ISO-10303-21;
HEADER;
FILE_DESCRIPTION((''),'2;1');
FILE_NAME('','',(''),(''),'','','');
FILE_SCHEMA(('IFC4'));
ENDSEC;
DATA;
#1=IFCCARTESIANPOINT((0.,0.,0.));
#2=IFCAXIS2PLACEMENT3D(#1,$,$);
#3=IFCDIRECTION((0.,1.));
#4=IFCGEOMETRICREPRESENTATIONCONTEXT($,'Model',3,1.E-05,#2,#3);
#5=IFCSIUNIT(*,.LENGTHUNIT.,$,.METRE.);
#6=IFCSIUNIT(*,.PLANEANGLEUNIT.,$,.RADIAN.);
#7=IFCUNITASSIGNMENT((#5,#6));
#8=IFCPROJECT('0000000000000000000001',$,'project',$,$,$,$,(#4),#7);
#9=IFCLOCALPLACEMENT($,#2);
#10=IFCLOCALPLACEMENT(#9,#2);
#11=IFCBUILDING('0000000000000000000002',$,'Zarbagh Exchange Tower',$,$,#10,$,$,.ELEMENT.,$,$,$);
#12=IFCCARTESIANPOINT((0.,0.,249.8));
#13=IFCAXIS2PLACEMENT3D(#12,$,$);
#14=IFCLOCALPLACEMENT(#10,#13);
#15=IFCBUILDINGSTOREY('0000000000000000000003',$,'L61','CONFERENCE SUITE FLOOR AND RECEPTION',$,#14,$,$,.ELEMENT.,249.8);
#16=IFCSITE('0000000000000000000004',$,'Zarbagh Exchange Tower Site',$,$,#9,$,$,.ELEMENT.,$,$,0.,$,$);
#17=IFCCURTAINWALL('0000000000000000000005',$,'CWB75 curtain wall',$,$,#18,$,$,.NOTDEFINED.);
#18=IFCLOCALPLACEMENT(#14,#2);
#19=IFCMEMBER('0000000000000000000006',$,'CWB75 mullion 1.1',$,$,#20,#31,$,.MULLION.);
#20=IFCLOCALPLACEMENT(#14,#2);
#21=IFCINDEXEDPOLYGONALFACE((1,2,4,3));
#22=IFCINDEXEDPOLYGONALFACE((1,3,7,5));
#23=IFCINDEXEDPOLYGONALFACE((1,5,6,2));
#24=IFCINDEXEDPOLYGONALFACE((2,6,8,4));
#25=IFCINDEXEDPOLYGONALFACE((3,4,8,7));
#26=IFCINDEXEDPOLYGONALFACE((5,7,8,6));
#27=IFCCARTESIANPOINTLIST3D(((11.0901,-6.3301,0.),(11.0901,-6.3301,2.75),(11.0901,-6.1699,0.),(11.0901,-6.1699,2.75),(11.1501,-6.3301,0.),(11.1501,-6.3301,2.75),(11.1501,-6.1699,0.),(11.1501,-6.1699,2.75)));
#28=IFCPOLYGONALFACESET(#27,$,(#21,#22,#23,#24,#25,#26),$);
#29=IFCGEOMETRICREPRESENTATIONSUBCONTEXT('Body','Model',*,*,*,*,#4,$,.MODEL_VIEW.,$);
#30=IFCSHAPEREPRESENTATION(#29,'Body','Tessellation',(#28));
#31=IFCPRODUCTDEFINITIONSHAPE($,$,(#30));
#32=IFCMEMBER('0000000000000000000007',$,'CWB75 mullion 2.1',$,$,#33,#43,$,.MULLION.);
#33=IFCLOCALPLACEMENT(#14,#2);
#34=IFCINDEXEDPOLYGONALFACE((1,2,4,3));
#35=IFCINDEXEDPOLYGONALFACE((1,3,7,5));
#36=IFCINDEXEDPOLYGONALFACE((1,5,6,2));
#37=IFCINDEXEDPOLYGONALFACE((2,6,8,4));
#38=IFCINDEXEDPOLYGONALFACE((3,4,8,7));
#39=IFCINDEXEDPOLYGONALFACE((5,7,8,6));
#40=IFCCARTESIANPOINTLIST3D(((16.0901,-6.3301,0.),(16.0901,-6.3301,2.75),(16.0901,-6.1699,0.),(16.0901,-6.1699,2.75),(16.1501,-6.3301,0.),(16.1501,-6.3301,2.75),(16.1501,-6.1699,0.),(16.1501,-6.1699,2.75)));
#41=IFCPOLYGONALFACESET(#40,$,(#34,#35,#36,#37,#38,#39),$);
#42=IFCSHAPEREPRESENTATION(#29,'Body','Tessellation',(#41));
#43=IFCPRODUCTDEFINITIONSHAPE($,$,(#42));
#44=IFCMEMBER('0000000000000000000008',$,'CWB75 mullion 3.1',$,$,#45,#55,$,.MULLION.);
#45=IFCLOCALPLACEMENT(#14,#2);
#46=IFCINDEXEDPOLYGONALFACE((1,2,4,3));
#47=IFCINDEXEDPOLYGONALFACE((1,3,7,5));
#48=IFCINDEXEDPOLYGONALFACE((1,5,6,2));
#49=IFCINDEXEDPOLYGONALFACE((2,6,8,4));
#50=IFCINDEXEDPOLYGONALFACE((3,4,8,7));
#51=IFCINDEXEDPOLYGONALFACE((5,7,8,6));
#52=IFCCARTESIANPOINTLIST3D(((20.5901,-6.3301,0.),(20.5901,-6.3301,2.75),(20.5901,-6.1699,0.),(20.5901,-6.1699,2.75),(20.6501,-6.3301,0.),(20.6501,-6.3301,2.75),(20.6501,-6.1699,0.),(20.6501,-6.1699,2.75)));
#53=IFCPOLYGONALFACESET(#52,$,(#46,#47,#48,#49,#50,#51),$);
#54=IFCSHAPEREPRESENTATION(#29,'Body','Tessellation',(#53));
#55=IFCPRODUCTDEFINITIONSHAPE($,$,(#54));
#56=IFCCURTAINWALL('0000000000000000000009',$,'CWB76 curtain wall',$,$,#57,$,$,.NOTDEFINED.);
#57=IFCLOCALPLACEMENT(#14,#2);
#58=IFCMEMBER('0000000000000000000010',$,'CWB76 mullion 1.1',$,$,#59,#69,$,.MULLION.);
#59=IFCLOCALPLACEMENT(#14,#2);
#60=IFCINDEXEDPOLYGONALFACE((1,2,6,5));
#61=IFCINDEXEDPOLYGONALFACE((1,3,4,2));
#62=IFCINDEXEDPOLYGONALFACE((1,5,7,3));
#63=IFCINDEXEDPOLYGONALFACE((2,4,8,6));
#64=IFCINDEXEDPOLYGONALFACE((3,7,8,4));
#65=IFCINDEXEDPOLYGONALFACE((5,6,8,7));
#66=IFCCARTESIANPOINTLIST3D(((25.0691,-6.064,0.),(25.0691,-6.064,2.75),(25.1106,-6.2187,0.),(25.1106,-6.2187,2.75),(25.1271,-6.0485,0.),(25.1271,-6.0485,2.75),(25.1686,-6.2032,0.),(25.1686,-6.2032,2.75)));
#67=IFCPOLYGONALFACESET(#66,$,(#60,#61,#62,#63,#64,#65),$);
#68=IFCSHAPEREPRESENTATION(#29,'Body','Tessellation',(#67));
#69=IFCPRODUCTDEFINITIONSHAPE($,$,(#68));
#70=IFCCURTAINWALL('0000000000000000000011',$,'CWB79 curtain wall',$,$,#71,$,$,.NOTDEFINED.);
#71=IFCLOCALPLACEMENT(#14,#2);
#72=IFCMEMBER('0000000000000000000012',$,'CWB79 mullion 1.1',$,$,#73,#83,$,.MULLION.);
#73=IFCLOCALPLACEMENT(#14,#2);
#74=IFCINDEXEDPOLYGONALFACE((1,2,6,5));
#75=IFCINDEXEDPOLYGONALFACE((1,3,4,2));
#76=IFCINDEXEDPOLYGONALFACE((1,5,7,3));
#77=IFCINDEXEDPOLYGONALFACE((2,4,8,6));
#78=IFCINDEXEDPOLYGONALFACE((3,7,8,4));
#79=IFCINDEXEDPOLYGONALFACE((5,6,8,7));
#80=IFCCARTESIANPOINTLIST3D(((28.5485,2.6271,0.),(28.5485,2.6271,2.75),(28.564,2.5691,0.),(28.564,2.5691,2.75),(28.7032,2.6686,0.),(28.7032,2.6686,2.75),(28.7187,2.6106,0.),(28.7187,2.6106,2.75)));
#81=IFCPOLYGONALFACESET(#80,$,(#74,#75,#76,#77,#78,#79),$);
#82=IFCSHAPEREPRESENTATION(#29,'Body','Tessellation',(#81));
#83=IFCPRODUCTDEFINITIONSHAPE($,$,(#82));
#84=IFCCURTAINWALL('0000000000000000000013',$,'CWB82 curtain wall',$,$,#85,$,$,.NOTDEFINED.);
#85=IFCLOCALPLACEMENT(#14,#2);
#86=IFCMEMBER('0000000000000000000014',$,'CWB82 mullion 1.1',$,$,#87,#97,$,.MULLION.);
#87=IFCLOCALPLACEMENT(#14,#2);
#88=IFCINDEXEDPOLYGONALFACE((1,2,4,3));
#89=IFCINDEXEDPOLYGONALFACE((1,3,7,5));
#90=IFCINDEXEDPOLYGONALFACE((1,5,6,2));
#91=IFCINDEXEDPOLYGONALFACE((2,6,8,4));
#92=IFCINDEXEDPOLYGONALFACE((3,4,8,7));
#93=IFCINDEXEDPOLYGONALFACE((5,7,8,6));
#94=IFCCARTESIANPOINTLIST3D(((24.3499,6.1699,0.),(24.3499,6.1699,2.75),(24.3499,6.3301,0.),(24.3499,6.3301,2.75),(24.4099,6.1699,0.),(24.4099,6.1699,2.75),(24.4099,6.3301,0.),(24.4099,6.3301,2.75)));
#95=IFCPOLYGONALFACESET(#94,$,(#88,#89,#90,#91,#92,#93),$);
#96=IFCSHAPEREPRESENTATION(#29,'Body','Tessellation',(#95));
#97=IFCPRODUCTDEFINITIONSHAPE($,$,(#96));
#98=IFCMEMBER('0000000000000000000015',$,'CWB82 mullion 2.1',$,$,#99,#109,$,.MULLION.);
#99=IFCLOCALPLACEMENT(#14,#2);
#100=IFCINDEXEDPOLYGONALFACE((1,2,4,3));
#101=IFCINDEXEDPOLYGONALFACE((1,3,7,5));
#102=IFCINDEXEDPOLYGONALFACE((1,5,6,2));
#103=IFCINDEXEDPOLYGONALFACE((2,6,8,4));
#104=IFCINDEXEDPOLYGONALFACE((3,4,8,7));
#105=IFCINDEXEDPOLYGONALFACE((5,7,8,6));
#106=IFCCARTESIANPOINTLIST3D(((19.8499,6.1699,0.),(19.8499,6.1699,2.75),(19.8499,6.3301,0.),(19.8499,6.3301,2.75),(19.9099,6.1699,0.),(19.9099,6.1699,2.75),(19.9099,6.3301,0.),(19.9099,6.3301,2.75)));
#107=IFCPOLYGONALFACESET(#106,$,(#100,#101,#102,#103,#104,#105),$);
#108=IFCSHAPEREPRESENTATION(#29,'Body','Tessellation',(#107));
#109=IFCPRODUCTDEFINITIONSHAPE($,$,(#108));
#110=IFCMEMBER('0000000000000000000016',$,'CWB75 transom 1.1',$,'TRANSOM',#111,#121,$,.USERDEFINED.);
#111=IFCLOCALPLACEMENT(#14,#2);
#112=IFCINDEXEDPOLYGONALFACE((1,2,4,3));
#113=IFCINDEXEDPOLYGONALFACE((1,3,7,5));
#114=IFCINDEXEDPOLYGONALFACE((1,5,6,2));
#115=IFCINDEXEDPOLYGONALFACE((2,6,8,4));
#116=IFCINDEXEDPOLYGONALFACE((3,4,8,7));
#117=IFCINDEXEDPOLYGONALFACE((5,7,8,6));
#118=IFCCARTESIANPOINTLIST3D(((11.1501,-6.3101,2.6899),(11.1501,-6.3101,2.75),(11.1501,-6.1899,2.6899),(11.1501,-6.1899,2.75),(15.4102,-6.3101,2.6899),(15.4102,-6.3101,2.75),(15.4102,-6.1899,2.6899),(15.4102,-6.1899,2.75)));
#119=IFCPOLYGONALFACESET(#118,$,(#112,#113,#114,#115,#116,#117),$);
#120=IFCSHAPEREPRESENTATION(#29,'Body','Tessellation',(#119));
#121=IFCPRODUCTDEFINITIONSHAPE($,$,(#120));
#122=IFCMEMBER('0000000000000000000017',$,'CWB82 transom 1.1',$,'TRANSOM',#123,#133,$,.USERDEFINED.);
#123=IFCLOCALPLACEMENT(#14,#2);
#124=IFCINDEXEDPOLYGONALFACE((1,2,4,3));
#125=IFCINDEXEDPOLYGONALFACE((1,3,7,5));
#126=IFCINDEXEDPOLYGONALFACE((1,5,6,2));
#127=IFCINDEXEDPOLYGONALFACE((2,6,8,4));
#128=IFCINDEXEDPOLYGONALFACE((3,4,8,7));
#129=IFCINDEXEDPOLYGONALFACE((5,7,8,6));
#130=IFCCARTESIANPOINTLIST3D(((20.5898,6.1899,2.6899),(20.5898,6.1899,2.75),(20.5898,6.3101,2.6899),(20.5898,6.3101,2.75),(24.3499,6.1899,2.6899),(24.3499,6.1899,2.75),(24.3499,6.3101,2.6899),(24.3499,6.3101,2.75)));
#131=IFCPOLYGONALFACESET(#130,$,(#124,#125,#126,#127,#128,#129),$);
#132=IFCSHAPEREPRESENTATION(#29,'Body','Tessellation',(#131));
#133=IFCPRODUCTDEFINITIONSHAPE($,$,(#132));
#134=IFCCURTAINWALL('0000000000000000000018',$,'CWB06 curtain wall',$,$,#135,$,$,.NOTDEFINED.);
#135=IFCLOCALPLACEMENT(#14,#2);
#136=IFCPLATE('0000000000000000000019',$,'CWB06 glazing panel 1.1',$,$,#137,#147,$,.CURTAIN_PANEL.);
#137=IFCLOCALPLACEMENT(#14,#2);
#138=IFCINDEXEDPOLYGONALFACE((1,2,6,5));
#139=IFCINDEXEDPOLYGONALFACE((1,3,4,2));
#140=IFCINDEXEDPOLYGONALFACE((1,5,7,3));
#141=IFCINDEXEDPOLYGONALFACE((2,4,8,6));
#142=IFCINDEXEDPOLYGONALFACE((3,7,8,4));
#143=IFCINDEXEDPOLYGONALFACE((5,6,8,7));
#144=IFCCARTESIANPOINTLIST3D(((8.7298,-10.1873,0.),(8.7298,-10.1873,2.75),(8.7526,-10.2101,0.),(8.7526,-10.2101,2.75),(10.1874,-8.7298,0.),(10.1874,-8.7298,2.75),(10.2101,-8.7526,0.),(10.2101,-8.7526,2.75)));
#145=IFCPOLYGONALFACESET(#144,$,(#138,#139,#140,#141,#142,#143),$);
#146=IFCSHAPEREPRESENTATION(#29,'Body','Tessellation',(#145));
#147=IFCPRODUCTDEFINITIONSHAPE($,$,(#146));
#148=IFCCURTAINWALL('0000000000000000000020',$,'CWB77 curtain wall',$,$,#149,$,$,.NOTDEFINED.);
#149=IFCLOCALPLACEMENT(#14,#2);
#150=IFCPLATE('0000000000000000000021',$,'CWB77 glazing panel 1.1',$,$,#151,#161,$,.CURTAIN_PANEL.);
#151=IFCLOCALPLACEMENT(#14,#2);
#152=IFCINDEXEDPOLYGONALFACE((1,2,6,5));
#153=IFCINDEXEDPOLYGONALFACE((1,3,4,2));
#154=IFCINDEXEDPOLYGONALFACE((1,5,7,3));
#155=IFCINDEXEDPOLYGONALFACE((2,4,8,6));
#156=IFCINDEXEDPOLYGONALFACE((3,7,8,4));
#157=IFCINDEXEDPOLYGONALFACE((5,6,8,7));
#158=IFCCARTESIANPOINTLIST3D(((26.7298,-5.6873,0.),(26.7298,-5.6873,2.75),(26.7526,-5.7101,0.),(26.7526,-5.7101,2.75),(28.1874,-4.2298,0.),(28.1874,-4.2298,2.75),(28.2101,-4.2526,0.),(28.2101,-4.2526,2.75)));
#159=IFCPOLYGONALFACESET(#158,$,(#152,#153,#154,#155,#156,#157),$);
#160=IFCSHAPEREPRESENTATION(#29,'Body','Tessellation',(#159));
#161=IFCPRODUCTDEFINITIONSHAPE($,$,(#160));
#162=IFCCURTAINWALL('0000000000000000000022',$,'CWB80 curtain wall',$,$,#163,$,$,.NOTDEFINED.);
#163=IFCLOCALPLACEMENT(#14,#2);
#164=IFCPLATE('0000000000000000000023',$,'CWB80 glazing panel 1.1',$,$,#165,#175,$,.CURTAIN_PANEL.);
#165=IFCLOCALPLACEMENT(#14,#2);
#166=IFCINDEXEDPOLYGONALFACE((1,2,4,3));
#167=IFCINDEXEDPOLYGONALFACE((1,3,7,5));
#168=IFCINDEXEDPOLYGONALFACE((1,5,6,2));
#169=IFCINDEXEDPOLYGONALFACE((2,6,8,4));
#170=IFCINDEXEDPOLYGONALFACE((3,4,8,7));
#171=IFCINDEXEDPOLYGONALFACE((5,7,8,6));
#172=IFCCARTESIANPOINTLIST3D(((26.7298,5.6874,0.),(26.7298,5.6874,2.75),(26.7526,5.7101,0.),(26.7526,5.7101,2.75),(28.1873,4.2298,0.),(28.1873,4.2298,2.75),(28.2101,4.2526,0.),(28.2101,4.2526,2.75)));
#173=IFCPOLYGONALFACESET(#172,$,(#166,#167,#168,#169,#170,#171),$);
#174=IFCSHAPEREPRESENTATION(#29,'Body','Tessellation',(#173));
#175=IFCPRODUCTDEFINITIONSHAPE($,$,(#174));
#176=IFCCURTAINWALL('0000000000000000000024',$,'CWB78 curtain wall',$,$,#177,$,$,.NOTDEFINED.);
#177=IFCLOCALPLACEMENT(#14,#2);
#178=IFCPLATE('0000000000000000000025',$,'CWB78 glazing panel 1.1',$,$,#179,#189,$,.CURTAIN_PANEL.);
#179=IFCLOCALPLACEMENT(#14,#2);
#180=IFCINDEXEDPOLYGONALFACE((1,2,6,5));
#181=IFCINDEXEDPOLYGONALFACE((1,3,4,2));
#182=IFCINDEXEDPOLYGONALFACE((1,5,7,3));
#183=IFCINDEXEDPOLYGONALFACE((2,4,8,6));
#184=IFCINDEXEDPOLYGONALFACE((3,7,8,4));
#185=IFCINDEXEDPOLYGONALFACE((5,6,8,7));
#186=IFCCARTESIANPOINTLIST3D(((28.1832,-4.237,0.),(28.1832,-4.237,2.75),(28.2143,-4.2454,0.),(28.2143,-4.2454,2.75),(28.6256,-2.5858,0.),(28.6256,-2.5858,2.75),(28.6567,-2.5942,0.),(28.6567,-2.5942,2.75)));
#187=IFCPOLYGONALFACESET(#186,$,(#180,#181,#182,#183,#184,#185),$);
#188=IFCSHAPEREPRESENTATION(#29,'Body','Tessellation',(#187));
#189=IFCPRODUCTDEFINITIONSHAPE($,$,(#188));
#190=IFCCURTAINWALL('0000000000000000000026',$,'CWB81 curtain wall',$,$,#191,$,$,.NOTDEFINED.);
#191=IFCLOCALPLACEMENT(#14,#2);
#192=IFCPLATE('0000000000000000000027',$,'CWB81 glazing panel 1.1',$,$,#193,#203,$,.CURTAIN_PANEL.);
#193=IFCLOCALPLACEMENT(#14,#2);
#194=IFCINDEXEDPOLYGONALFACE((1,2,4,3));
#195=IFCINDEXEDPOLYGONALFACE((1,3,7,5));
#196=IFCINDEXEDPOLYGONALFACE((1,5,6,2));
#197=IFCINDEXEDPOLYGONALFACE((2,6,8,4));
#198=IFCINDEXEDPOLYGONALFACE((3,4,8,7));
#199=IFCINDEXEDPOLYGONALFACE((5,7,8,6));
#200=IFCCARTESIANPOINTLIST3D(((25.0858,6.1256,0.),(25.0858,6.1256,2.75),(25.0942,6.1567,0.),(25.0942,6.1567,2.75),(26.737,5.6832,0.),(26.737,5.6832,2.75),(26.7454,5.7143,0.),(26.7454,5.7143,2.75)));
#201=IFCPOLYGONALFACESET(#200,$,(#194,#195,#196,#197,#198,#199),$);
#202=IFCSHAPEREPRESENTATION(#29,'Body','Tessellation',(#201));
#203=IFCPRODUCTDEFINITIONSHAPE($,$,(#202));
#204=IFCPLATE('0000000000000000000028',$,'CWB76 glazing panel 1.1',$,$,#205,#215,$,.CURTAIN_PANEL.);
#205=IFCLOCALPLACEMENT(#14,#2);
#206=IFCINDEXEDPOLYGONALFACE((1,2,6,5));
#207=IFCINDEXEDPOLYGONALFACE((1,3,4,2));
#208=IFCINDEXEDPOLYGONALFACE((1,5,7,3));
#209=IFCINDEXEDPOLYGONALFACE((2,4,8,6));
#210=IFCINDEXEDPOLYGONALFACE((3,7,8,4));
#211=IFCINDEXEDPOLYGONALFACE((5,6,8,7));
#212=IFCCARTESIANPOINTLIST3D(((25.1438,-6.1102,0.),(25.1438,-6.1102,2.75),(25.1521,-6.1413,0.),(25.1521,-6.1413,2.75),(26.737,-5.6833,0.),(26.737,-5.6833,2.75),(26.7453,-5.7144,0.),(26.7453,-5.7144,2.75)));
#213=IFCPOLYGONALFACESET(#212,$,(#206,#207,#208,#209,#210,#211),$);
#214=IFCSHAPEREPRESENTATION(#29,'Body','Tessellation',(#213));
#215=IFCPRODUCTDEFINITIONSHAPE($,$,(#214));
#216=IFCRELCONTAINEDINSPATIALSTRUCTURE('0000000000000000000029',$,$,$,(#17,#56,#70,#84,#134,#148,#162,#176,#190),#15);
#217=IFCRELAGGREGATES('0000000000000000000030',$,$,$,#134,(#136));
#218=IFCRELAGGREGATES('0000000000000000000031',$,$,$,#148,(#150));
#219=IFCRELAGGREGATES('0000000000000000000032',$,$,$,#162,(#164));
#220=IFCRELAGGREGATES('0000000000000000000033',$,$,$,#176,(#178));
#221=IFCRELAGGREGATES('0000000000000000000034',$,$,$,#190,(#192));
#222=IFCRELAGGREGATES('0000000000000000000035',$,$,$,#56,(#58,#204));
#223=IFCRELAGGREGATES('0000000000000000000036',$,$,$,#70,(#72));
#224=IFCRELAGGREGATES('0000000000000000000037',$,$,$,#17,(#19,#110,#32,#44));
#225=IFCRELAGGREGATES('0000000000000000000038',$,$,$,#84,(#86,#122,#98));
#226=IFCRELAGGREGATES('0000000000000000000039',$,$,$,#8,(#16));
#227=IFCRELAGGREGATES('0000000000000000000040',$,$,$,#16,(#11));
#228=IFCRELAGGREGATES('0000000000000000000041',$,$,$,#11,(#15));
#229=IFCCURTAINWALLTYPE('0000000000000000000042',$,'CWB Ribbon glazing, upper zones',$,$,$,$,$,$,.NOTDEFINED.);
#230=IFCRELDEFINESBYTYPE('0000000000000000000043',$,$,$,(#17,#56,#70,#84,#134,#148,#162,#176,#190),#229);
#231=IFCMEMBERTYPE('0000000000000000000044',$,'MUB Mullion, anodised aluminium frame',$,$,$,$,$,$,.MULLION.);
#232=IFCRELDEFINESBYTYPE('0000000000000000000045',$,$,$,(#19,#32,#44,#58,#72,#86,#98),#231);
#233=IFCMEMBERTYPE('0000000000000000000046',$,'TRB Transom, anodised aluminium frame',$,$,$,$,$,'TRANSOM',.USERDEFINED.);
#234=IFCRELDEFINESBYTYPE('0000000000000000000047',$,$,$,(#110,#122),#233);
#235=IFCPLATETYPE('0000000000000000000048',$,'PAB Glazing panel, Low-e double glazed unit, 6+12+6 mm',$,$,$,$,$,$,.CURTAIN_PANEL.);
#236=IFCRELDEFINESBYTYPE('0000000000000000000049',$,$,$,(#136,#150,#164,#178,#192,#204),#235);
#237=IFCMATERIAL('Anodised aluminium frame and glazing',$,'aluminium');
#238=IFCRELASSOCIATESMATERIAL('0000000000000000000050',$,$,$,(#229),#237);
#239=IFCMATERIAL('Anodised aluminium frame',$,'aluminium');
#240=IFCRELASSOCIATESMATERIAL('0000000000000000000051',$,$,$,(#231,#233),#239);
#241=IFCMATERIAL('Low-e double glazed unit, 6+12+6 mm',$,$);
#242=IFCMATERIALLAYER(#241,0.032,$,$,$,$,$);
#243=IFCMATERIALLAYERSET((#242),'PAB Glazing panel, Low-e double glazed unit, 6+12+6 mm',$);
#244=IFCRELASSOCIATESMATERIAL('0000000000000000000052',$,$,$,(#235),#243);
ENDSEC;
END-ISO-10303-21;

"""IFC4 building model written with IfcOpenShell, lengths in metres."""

from ifc_helpers import new_model, si_unit, direction, frame, origin, place, context, subcontext, project, spatial, polyline, outline, extrude, source, transform, mapped, material, layer, layer_set, type_object, element, aggregate, save


model = new_model("IFC4")

# Units and contexts
model_context = context("Model", 3, precision=1e-05, world=origin(), true_north=direction((0.0, 1.0)))
body_context = subcontext(model_context, "Body", "Model", "MODEL_VIEW")
ifc_project = project(units=[si_unit("LENGTHUNIT", "METRE"), si_unit("PLANEANGLEUNIT", "RADIAN")], contexts=[model_context])

# Site, building, storey
site_placement = place(None, origin())
site = spatial("IfcSite", under=ifc_project, at=site_placement, Name="Zarbagh Exchange Tower Site", CompositionType="ELEMENT", RefElevation=0.0)
building_placement = place(site_placement, origin())
building = spatial("IfcBuilding", under=site, at=building_placement, Name="Zarbagh Exchange Tower", CompositionType="ELEMENT")
storey_placement = place(building_placement, frame((0.0, 0.0, 249.8)))
storey = spatial("IfcBuildingStorey", under=building, at=storey_placement, Name="L61", Description="CONFERENCE SUITE FLOOR AND RECEPTION", CompositionType="ELEMENT", Elevation=249.8)

# Curtain wall, members
ifc_material_1 = material(Name="Anodised aluminium frame and glazing", Category="aluminium")
curtain_wall_type = type_object("IfcCurtainWallType", Name="CWB Ribbon glazing, upper zones", PredefinedType="NOTDEFINED", material=ifc_material_1)
curtain_wall_1_placement = place(storey_placement, origin())
curtain_wall_1 = element("IfcCurtainWall", 1, at=curtain_wall_1_placement, inside=storey, type_object=curtain_wall_type, Name="CWB75 curtain wall", PredefinedType="NOTDEFINED")
ifc_material_2 = material(Name="Anodised aluminium frame", Category="aluminium")
member_type_1 = type_object("IfcMemberType", Name="MUB Mullion, anodised aluminium frame", PredefinedType="MULLION", material=ifc_material_2)
shared_shape_1 = source(origin(), body_context, "Body", "SweptSolid", [
    extrude(outline(polyline([(0.0, -0.0801), (0.0601, -0.0801), (0.0601, 0.0801), (0.0, 0.0801), (0.0, -0.0801)])), origin(), (0.0, 0.0, 1.0), 2.75),
])
placement = place(storey_placement, origin())
member_1 = element("IfcMember", 2, at=placement, type_object=member_type_1, Name="CWB75 mullion 1.1", PredefinedType="MULLION", context=body_context, shape_type="MappedRepresentation", body=[
    mapped(shared_shape_1, transform((11.0901, -6.25, 0.0), x_axis=(1.0, 0.0, 0.0), y_axis=(0.0, 1.0, 0.0), z_axis=(0.0, 0.0, 1.0))),
])
member_2 = element("IfcMember", 3, at=placement, type_object=member_type_1, Name="CWB75 mullion 2.1", PredefinedType="MULLION", context=body_context, shape_type="MappedRepresentation", body=[
    mapped(shared_shape_1, transform((16.0901, -6.25, 0.0), x_axis=(1.0, 0.0, 0.0), y_axis=(0.0, 1.0, 0.0), z_axis=(0.0, 0.0, 1.0))),
])
member_3 = element("IfcMember", 4, at=placement, type_object=member_type_1, Name="CWB75 mullion 3.1", PredefinedType="MULLION", context=body_context, shape_type="MappedRepresentation", body=[
    mapped(shared_shape_1, transform((20.5901, -6.25, 0.0), x_axis=(1.0, 0.0, 0.0), y_axis=(0.0, 1.0, 0.0), z_axis=(0.0, 0.0, 1.0))),
])

# Curtain walls, members
curtain_wall_2_placement = place(storey_placement, origin())
curtain_wall_2 = element("IfcCurtainWall", 5, at=curtain_wall_2_placement, inside=storey, type_object=curtain_wall_type, Name="CWB76 curtain wall", PredefinedType="NOTDEFINED")
member_4 = element("IfcMember", 6, at=placement, type_object=member_type_1, Name="CWB76 mullion 1.1", PredefinedType="MULLION", context=body_context, shape_type="MappedRepresentation", body=[
    mapped(shared_shape_1, transform((25.0898, -6.1414, 0.0), x_axis=(0.965924, 0.258825, 0.0), y_axis=(-0.258825, 0.965924, 0.0), z_axis=(0.0, 0.0, 1.0))),
])
curtain_wall_3_placement = place(storey_placement, origin())
curtain_wall_3 = element("IfcCurtainWall", 7, at=curtain_wall_3_placement, inside=storey, type_object=curtain_wall_type, Name="CWB79 curtain wall", PredefinedType="NOTDEFINED")
member_5 = element("IfcMember", 8, at=placement, type_object=member_type_1, Name="CWB79 mullion 1.1", PredefinedType="MULLION", context=body_context, shape_type="MappedRepresentation", body=[
    mapped(shared_shape_1, transform((28.6414, 2.5898, 0.0), x_axis=(-0.258825, 0.965924, 0.0), y_axis=(-0.965924, -0.258825, 0.0), z_axis=(0.0, 0.0, 1.0))),
])

# Curtain wall, members
curtain_wall_4_placement = place(storey_placement, origin())
curtain_wall_4 = element("IfcCurtainWall", 9, at=curtain_wall_4_placement, inside=storey, type_object=curtain_wall_type, Name="CWB82 curtain wall", PredefinedType="NOTDEFINED")
member_6 = element("IfcMember", 10, at=placement, type_object=member_type_1, Name="CWB82 mullion 1.1", PredefinedType="MULLION", context=body_context, shape_type="MappedRepresentation", body=[
    mapped(shared_shape_1, transform((24.4099, 6.25, 0.0), x_axis=(-1.0, 0.0, 0.0), y_axis=(0.0, -1.0, 0.0), z_axis=(0.0, 0.0, 1.0))),
])
member_7 = element("IfcMember", 11, at=placement, type_object=member_type_1, Name="CWB82 mullion 2.1", PredefinedType="MULLION", context=body_context, shape_type="MappedRepresentation", body=[
    mapped(shared_shape_1, transform((19.9099, 6.25, 0.0), x_axis=(-1.0, 0.0, 0.0), y_axis=(0.0, -1.0, 0.0), z_axis=(0.0, 0.0, 1.0))),
])

# Members
member_type_2 = type_object("IfcMemberType", Name="TRB Transom, anodised aluminium frame", ElementType="TRANSOM", PredefinedType="USERDEFINED", material=ifc_material_2)
shared_shape_2 = source(origin(), body_context, "Body", "SweptSolid", [
    extrude(outline(polyline([(-0.0601, -0.0601), (0.0, -0.0601), (0.0, 0.0601), (-0.0601, 0.0601), (-0.0601, -0.0601)])), origin(), (0.0, 0.0, 1.0), 4.26),
])
member_8 = element("IfcMember", 12, at=placement, type_object=member_type_2, Name="CWB75 transom 1.1", ObjectType="TRANSOM", PredefinedType="USERDEFINED", context=body_context, shape_type="MappedRepresentation", body=[
    mapped(shared_shape_2, transform((11.1501, -6.25, 2.75), x_axis=(0.0, 0.0, 1.0), y_axis=(0.0, -1.0, 0.0), z_axis=(1.0, 0.0, 0.0))),
])
shared_shape_3 = source(origin(), body_context, "Body", "SweptSolid", [
    extrude(outline(polyline([(-0.0601, -0.0601), (0.0, -0.0601), (0.0, 0.0601), (-0.0601, 0.0601), (-0.0601, -0.0601)])), origin(), (0.0, 0.0, 1.0), 3.76),
])
member_9 = element("IfcMember", 13, at=placement, type_object=member_type_2, Name="CWB82 transom 1.1", ObjectType="TRANSOM", PredefinedType="USERDEFINED", context=body_context, shape_type="MappedRepresentation", body=[
    mapped(shared_shape_3, transform((24.3499, 6.25, 2.75), x_axis=(0.0, 0.0, 1.0), y_axis=(0.0, 1.0, 0.0), z_axis=(-1.0, 0.0, 0.0))),
])

# Curtain walls, plates
curtain_wall_5_placement = place(storey_placement, origin())
curtain_wall_5 = element("IfcCurtainWall", 14, at=curtain_wall_5_placement, inside=storey, type_object=curtain_wall_type, Name="CWB06 curtain wall", PredefinedType="NOTDEFINED")
ifc_material_3 = material(Name="Low-e double glazed unit, 6+12+6 mm")
ifc_layer = layer(ifc_material_3, 0.032)
ifc_layer_set = layer_set([ifc_layer], Name="PAB Glazing panel, Low-e double glazed unit, 6+12+6 mm")
plate_type = type_object("IfcPlateType", Name="PAB Glazing panel, Low-e double glazed unit, 6+12+6 mm", PredefinedType="CURTAIN_PANEL", material=ifc_layer_set)
shared_shape_4 = source(origin(), body_context, "Body", "SweptSolid", [
    extrude(outline(polyline([(0.0, -0.0161), (2.0613, -0.0161), (2.0613, 0.0161), (0.0, 0.0161), (0.0, -0.0161)])), origin(), (0.0, 0.0, 1.0), 2.75),
])
plate_1 = element("IfcPlate", 15, at=placement, type_object=plate_type, Name="CWB06 glazing panel 1.1", PredefinedType="CURTAIN_PANEL", context=body_context, shape_type="MappedRepresentation", body=[
    mapped(shared_shape_4, transform((8.7412, -10.1987, 0.0), x_axis=(0.707107, 0.707107, 0.0), y_axis=(-0.707107, 0.707107, 0.0), z_axis=(0.0, 0.0, 1.0))),
])
aggregate(curtain_wall_5, [plate_1])
curtain_wall_6_placement = place(storey_placement, origin())
curtain_wall_6 = element("IfcCurtainWall", 16, at=curtain_wall_6_placement, inside=storey, type_object=curtain_wall_type, Name="CWB77 curtain wall", PredefinedType="NOTDEFINED")
plate_2 = element("IfcPlate", 17, at=placement, type_object=plate_type, Name="CWB77 glazing panel 1.1", PredefinedType="CURTAIN_PANEL", context=body_context, shape_type="MappedRepresentation", body=[
    mapped(shared_shape_4, transform((26.7412, -5.6987, 0.0), x_axis=(0.707107, 0.707107, 0.0), y_axis=(-0.707107, 0.707107, 0.0), z_axis=(0.0, 0.0, 1.0))),
])
aggregate(curtain_wall_6, [plate_2])
curtain_wall_7_placement = place(storey_placement, origin())
curtain_wall_7 = element("IfcCurtainWall", 18, at=curtain_wall_7_placement, inside=storey, type_object=curtain_wall_type, Name="CWB80 curtain wall", PredefinedType="NOTDEFINED")
plate_3 = element("IfcPlate", 19, at=placement, type_object=plate_type, Name="CWB80 glazing panel 1.1", PredefinedType="CURTAIN_PANEL", context=body_context, shape_type="MappedRepresentation", body=[
    mapped(shared_shape_4, transform((28.1987, 4.2412, 0.0), x_axis=(-0.707107, 0.707107, 0.0), y_axis=(-0.707107, -0.707107, 0.0), z_axis=(0.0, 0.0, 1.0))),
])
aggregate(curtain_wall_7, [plate_3])
curtain_wall_8_placement = place(storey_placement, origin())
curtain_wall_8 = element("IfcCurtainWall", 20, at=curtain_wall_8_placement, inside=storey, type_object=curtain_wall_type, Name="CWB78 curtain wall", PredefinedType="NOTDEFINED")
shared_shape_5 = source(origin(), body_context, "Body", "SweptSolid", [
    extrude(outline(polyline([(0.0, -0.0161), (1.7095, -0.0161), (1.7095, 0.0161), (0.0, 0.0161), (0.0, -0.0161)])), origin(), (0.0, 0.0, 1.0), 2.75),
])
plate_4 = element("IfcPlate", 21, at=placement, type_object=plate_type, Name="CWB78 glazing panel 1.1", PredefinedType="CURTAIN_PANEL", context=body_context, shape_type="MappedRepresentation", body=[
    mapped(shared_shape_5, transform((28.1987, -4.2412, 0.0), x_axis=(0.258825, 0.965924, 0.0), y_axis=(-0.965924, 0.258825, 0.0), z_axis=(0.0, 0.0, 1.0))),
])
aggregate(curtain_wall_8, [plate_4])
curtain_wall_9_placement = place(storey_placement, origin())
curtain_wall_9 = element("IfcCurtainWall", 22, at=curtain_wall_9_placement, inside=storey, type_object=curtain_wall_type, Name="CWB81 curtain wall", PredefinedType="NOTDEFINED")
plate_5 = element("IfcPlate", 23, at=placement, type_object=plate_type, Name="CWB81 glazing panel 1.1", PredefinedType="CURTAIN_PANEL", context=body_context, shape_type="MappedRepresentation", body=[
    mapped(shared_shape_5, transform((26.7412, 5.6987, 0.0), x_axis=(-0.965924, 0.258825, 0.0), y_axis=(-0.258825, -0.965924, 0.0), z_axis=(0.0, 0.0, 1.0))),
])
aggregate(curtain_wall_9, [plate_5])

# Plate
shared_shape_6 = source(origin(), body_context, "Body", "SweptSolid", [
    extrude(outline(polyline([(0.0, -0.0161), (1.6494, -0.0161), (1.6494, 0.0161), (0.0, 0.0161), (0.0, -0.0161)])), origin(), (0.0, 0.0, 1.0), 2.75),
])
plate_6 = element("IfcPlate", 24, at=placement, type_object=plate_type, Name="CWB76 glazing panel 1.1", PredefinedType="CURTAIN_PANEL", context=body_context, shape_type="MappedRepresentation", body=[
    mapped(shared_shape_6, transform((25.1479, -6.1257, 0.0), x_axis=(0.965924, 0.258825, 0.0), y_axis=(-0.258825, 0.965924, 0.0), z_axis=(0.0, 0.0, 1.0))),
])
aggregate(curtain_wall_2, [member_4, plate_6])
aggregate(curtain_wall_3, [member_5])

aggregate(curtain_wall_1, [member_1, member_8, member_2, member_3])
aggregate(curtain_wall_4, [member_6, member_9, member_7])

save(model, "model.ifc")
